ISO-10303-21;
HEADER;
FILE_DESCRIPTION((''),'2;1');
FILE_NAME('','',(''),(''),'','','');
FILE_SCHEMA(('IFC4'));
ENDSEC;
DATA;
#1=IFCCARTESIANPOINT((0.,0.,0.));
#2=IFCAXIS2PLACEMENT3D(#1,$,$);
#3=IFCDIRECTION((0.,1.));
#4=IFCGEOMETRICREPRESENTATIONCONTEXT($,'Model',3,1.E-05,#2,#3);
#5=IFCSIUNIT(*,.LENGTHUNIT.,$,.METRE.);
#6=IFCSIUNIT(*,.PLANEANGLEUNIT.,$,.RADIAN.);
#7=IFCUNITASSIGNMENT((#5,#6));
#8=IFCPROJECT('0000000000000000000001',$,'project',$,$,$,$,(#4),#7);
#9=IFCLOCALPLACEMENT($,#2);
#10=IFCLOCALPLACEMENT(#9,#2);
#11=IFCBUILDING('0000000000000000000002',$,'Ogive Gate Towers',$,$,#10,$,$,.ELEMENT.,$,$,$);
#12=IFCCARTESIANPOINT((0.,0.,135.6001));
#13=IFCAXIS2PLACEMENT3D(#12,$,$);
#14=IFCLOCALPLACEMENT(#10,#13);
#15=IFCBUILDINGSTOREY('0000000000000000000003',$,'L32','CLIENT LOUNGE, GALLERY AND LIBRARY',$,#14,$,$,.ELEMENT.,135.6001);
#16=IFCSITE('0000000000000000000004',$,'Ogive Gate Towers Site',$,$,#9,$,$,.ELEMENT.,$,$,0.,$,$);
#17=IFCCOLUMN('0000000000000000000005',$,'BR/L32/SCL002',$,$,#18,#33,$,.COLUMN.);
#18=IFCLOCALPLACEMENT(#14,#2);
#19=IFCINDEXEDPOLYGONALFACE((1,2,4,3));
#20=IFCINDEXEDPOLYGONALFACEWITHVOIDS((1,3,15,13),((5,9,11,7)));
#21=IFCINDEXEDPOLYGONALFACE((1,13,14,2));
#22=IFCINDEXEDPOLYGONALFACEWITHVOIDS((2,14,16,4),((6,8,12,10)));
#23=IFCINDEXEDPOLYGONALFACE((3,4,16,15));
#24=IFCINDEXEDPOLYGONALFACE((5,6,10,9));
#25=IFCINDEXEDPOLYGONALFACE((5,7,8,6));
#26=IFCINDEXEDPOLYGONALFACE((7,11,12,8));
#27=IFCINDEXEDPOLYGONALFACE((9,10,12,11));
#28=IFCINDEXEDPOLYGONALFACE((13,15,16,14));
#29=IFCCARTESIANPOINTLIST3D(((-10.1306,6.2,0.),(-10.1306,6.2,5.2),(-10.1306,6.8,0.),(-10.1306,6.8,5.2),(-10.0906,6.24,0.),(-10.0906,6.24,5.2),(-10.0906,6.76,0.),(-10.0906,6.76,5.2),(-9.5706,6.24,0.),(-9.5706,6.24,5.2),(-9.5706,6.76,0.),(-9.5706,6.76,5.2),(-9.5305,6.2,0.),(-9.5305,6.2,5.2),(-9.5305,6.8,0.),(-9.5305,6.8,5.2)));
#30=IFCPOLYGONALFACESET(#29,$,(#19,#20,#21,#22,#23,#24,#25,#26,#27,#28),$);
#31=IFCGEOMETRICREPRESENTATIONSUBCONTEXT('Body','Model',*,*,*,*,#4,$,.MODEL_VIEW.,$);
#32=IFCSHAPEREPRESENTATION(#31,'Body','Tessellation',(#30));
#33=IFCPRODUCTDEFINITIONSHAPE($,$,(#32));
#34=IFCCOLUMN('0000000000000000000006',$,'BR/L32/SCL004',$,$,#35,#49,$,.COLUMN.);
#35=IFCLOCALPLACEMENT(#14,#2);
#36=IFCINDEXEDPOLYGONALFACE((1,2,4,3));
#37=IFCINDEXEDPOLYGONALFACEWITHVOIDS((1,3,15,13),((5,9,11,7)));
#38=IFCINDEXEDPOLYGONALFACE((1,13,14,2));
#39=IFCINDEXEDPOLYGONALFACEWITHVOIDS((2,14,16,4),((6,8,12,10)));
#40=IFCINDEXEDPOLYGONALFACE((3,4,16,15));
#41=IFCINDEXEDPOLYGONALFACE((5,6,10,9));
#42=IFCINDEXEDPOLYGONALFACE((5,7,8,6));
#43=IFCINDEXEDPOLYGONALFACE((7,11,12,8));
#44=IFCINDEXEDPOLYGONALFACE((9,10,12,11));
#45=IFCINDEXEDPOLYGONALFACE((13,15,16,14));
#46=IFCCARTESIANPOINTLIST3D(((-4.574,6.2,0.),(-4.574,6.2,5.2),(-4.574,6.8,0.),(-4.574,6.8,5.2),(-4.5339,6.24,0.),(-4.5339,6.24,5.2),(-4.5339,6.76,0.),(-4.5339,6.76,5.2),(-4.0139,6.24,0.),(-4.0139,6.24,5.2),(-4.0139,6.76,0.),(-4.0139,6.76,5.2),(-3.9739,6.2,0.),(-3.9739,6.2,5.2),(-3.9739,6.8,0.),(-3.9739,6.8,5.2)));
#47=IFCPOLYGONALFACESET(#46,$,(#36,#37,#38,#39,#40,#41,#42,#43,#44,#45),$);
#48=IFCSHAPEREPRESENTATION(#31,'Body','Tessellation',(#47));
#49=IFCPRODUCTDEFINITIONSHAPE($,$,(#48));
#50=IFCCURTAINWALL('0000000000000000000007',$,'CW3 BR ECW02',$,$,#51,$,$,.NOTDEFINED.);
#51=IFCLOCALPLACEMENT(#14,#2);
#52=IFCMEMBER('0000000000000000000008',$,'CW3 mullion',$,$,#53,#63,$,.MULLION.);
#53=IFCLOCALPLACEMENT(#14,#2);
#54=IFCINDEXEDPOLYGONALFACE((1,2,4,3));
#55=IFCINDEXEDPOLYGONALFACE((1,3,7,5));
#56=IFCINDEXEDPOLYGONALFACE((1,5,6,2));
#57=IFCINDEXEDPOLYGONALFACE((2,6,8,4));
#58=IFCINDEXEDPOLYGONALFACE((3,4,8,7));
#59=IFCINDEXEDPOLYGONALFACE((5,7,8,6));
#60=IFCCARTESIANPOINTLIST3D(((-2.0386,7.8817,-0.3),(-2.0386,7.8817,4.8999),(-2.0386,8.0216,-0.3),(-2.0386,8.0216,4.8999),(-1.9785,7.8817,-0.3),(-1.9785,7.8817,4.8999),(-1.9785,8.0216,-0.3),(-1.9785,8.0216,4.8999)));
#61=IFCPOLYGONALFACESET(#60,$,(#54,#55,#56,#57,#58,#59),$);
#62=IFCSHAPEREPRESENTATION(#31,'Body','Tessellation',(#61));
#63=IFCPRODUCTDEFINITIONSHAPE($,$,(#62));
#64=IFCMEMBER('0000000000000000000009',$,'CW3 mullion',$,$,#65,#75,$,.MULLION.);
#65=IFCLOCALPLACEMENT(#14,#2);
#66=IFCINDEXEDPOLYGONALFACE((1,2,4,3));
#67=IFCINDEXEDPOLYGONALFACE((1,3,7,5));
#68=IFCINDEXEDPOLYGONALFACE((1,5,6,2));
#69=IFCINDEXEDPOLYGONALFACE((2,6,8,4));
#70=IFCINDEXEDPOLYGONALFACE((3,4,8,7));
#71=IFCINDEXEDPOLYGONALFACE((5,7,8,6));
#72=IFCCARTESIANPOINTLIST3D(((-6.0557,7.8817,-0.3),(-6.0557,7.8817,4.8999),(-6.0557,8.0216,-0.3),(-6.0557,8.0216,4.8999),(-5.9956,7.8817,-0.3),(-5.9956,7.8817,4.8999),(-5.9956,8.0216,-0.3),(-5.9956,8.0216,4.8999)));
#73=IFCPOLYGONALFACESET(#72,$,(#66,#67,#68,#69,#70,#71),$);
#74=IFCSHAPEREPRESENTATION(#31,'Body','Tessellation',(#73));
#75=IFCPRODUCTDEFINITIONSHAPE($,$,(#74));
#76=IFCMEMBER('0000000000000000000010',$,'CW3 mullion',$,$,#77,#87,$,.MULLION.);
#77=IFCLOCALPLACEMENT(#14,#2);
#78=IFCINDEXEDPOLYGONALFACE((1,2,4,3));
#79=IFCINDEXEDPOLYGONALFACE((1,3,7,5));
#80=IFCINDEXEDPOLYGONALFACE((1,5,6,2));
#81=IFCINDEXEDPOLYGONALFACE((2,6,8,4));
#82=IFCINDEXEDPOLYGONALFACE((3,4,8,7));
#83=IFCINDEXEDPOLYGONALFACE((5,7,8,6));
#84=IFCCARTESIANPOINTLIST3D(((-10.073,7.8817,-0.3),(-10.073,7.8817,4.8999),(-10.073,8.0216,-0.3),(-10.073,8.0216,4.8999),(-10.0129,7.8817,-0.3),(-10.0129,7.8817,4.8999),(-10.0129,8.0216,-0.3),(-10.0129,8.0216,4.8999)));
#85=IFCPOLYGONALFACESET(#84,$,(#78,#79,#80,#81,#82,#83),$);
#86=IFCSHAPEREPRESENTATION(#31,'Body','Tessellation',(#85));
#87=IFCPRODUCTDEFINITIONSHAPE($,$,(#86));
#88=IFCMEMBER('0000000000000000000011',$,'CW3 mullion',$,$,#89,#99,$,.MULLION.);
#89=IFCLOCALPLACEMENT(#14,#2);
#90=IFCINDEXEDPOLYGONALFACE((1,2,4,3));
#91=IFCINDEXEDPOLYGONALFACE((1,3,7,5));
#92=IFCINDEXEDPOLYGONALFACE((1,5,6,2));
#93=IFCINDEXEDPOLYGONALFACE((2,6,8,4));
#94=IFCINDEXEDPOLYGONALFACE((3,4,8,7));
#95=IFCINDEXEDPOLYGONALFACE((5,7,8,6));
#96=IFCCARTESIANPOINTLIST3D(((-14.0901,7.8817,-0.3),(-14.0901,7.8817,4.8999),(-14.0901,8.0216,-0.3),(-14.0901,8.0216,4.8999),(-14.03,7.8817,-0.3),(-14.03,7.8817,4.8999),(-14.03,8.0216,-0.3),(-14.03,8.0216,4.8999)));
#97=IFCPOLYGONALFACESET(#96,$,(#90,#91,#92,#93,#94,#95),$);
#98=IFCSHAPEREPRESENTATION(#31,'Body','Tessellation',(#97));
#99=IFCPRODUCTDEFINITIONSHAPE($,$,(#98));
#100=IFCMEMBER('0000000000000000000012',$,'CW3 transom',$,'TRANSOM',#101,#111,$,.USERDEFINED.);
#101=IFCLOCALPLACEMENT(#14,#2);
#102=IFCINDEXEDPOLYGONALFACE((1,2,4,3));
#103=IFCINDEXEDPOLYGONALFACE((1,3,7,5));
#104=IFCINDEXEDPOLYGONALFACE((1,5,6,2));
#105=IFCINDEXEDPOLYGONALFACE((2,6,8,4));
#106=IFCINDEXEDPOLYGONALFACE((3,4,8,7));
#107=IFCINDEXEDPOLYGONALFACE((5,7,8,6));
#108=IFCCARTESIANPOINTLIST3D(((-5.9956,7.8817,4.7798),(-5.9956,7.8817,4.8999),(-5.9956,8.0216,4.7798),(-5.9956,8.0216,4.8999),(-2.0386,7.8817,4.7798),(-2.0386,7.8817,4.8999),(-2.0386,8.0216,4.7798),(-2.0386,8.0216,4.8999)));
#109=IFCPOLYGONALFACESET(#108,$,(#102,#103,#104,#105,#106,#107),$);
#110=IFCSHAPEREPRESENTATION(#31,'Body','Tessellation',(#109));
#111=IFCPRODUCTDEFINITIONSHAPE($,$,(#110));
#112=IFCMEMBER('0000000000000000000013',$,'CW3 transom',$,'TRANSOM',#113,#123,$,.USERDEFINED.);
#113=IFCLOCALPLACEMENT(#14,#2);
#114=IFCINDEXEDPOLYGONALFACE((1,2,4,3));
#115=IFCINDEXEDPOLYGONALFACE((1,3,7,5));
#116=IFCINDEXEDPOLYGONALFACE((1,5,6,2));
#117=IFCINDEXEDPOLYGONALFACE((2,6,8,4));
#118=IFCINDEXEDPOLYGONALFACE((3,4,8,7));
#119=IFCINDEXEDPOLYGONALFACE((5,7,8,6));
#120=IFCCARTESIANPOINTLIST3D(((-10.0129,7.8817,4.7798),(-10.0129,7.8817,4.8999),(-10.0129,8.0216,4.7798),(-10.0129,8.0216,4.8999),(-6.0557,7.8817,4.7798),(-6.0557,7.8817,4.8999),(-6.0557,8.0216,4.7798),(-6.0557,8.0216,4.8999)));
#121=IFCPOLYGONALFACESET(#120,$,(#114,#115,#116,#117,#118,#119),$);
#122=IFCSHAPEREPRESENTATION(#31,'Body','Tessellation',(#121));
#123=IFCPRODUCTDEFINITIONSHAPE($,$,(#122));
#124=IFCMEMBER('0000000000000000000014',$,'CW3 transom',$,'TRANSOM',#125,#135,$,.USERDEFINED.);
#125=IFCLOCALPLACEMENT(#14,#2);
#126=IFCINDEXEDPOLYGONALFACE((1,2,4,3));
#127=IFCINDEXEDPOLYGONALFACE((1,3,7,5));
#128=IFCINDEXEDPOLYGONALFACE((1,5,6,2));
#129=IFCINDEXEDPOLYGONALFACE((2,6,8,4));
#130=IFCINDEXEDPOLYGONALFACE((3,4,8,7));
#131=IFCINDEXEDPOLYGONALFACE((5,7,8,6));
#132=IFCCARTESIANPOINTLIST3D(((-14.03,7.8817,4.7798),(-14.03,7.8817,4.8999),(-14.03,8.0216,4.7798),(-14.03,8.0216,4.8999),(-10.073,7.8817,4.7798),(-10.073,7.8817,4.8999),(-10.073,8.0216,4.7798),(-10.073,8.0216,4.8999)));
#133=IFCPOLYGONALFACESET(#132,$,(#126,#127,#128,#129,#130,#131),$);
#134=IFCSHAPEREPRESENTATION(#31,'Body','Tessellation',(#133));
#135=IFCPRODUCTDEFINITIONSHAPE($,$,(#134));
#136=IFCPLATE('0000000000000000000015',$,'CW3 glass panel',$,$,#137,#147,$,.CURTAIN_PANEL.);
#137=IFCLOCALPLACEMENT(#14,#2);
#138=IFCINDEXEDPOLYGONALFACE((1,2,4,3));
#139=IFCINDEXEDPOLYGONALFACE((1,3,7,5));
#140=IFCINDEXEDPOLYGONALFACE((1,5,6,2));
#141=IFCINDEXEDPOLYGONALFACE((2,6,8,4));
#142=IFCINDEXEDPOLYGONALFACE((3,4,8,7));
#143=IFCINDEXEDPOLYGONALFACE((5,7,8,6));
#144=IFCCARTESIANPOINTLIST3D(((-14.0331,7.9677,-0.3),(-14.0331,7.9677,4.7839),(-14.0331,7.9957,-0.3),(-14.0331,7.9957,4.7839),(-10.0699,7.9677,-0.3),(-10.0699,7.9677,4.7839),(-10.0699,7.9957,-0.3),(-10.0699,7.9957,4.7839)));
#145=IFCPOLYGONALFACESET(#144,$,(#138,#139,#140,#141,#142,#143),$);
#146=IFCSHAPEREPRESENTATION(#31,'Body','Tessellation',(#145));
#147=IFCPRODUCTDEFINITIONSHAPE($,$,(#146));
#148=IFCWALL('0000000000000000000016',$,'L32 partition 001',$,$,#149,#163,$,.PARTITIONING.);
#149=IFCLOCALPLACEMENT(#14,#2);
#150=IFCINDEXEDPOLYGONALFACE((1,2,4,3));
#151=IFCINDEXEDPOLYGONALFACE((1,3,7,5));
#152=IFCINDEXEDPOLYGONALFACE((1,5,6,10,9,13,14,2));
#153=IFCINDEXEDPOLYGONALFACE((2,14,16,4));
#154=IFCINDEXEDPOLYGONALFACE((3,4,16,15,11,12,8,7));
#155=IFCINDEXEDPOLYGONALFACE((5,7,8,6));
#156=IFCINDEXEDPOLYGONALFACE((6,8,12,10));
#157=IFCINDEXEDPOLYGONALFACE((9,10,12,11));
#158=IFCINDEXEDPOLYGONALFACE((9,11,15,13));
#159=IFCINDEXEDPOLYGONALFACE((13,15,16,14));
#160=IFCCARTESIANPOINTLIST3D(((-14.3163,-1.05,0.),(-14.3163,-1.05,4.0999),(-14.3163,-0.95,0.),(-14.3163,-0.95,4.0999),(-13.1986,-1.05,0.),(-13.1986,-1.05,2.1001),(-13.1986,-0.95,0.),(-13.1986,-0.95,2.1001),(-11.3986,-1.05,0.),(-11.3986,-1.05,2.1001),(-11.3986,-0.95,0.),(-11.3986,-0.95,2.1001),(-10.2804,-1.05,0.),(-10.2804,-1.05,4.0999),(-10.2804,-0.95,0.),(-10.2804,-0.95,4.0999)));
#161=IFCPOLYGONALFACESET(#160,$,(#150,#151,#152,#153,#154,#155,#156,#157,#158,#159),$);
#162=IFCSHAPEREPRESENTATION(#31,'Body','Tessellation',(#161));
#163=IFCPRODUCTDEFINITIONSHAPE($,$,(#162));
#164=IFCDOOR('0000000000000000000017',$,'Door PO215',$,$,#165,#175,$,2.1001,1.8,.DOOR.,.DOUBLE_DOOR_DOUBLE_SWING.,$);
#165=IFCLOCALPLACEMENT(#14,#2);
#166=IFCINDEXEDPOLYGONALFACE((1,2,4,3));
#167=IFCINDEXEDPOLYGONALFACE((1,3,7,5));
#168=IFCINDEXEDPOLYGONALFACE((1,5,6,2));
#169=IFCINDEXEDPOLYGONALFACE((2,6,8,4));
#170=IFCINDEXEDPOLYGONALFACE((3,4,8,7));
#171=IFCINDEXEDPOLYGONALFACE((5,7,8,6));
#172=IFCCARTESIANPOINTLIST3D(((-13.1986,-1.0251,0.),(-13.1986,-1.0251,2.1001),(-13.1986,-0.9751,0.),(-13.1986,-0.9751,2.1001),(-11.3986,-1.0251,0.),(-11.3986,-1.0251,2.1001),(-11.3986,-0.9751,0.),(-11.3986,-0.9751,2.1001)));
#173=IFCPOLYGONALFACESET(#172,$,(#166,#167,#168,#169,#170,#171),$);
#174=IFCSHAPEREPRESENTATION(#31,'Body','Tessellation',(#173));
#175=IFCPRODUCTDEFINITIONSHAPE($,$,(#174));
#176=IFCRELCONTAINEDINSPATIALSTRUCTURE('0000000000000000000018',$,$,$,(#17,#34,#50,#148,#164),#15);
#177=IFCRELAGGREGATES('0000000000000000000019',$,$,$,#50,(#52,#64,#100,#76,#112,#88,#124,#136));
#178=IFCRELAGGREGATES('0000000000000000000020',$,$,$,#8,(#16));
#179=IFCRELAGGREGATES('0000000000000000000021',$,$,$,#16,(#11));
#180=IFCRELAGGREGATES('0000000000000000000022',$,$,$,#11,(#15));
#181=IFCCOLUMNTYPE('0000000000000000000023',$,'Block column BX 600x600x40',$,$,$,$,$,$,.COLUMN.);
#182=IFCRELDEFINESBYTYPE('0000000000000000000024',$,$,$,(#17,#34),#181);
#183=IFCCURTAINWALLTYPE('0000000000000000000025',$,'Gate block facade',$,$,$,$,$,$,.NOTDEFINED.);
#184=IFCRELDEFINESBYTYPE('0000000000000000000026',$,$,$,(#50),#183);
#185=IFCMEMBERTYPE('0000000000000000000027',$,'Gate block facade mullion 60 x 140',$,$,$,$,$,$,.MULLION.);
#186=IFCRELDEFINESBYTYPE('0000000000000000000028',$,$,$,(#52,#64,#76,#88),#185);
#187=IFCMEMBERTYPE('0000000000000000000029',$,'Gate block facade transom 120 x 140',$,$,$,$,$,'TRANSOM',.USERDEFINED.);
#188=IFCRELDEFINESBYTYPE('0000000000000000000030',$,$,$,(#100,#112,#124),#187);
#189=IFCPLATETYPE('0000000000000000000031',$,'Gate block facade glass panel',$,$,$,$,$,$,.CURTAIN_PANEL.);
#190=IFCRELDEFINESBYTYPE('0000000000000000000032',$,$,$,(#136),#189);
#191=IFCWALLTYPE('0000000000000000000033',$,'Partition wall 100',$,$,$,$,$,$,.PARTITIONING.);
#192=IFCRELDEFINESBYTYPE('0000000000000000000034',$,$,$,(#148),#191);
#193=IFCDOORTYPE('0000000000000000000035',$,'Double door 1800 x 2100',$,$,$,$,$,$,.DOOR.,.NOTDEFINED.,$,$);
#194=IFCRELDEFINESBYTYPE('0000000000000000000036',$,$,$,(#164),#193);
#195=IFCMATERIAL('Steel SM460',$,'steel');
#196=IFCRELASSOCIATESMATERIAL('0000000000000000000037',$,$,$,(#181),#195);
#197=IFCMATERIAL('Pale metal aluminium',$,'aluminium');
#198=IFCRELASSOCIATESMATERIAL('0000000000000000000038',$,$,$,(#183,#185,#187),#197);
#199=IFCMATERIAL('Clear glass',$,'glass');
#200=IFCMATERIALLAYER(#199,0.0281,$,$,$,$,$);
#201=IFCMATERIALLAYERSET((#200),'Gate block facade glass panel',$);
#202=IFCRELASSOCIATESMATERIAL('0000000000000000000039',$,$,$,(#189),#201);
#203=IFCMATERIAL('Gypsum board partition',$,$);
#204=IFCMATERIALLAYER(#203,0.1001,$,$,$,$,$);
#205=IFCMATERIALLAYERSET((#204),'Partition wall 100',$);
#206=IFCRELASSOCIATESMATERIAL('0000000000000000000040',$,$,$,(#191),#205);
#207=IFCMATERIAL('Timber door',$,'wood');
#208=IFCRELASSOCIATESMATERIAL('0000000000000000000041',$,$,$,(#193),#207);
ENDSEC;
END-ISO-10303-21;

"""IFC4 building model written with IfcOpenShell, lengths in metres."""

from ifc_helpers import new_model, si_unit, direction, frame, frame_2d, origin, origin_2d, place, context, subcontext, project, spatial, rectangle, hollow_rectangle, extrude, material, layer, layer_set, material_profile, profile_set, type_object, element, fill, aggregate, save


model = new_model("IFC4")

# Units and contexts
model_context = context("Model", 3, precision=1e-05, world=origin(), true_north=direction((0.0, 1.0)))
body_context = subcontext(model_context, "Body", "Model", "MODEL_VIEW")
ifc_project = project(units=[si_unit("LENGTHUNIT", "METRE"), si_unit("PLANEANGLEUNIT", "RADIAN")], contexts=[model_context])

# Site, building, storey
site_placement = place(None, origin())
site = spatial("IfcSite", under=ifc_project, at=site_placement, Name="Ogive Gate Towers Site", CompositionType="ELEMENT", RefElevation=0.0)
building_placement = place(site_placement, origin())
building = spatial("IfcBuilding", under=site, at=building_placement, Name="Ogive Gate Towers", CompositionType="ELEMENT")
storey_placement = place(building_placement, frame((0.0, 0.0, 135.6001)))
storey = spatial("IfcBuildingStorey", under=building, at=storey_placement, Name="L32", Description="CLIENT LOUNGE, GALLERY AND LIBRARY", CompositionType="ELEMENT", Elevation=135.6001)

# Columns
ifc_material_1 = material(Name="Steel SM460", Category="steel")
ifc_material_profile_1 = material_profile(ifc_material_1, hollow_rectangle(XDim=0.6001, YDim=0.6001, WallThickness=0.04, at=origin_2d()), Name="BX 600x600x40")
ifc_profile_set_1 = profile_set([ifc_material_profile_1], Name="Steel SM460")
column_type = type_object("IfcColumnType", Name="Block column BX 600x600x40", PredefinedType="COLUMN", material=ifc_profile_set_1)
for number, where, z_axis, x_axis, name in (
    (1, (-9.8306, 6.5, 0.0), (0.0, 0.0, 1.0), (1.0, 0.0, 0.0), "BR/L32/SCL002"),
    (2, (-4.2739, 6.5, 0.0), (0.0, 0.0, 1.0), (1.0, 0.0, 0.0), "BR/L32/SCL004"),
):
    element("IfcColumn", number, at=place(storey_placement, frame(where, z_axis=z_axis, x_axis=x_axis)), inside=storey, type_object=column_type, Name=name, PredefinedType="COLUMN", context=body_context, shape_type="SweptSolid", body=[
        extrude(hollow_rectangle(XDim=0.6001, YDim=0.6001, WallThickness=0.04, at=origin_2d()), origin(), (0.0, 0.0, 1.0), 5.2),
    ])

# Curtain wall, members, plate
ifc_material_2 = material(Name="Pale metal aluminium", Category="aluminium")
curtain_wall_type = type_object("IfcCurtainWallType", Name="Gate block facade", PredefinedType="NOTDEFINED", material=ifc_material_2)
curtain_wall_placement = place(storey_placement, origin())
curtain_wall = element("IfcCurtainWall", 3, at=curtain_wall_placement, inside=storey, type_object=curtain_wall_type, Name="CW3 BR ECW02", PredefinedType="NOTDEFINED")
ifc_material_profile_2 = material_profile(ifc_material_2, rectangle(XDim=0.1399, YDim=0.0601, at=origin_2d()), Name="60 x 140 aluminium box")
ifc_profile_set_2 = profile_set([ifc_material_profile_2], Name="Pale metal aluminium")
member_type_1 = type_object("IfcMemberType", Name="Gate block facade mullion 60 x 140", PredefinedType="MULLION", material=ifc_profile_set_2)
member_1_placement = place(storey_placement, frame((-2.0085, 7.9517, -0.3), z_axis=(0.0, 0.0, 1.0), x_axis=(0.0, 1.0, 0.0)))
member_1 = element("IfcMember", 4, at=member_1_placement, type_object=member_type_1, Name="CW3 mullion", PredefinedType="MULLION", context=body_context, shape_type="SweptSolid", body=[
    extrude(rectangle(XDim=0.1399, YDim=0.0601, at=origin_2d()), origin(), (0.0, 0.0, 1.0), 5.2),
])
member_2_placement = place(storey_placement, frame((-6.0256, 7.9517, -0.3), z_axis=(0.0, 0.0, 1.0), x_axis=(0.0, 1.0, 0.0)))
member_2 = element("IfcMember", 5, at=member_2_placement, type_object=member_type_1, Name="CW3 mullion", PredefinedType="MULLION", context=body_context, shape_type="SweptSolid", body=[
    extrude(rectangle(XDim=0.1399, YDim=0.0601, at=origin_2d()), origin(), (0.0, 0.0, 1.0), 5.2),
])
member_3_placement = place(storey_placement, frame((-10.043, 7.9517, -0.3), z_axis=(0.0, 0.0, 1.0), x_axis=(0.0, 1.0, 0.0)))
member_3 = element("IfcMember", 6, at=member_3_placement, type_object=member_type_1, Name="CW3 mullion", PredefinedType="MULLION", context=body_context, shape_type="SweptSolid", body=[
    extrude(rectangle(XDim=0.1399, YDim=0.0601, at=origin_2d()), origin(), (0.0, 0.0, 1.0), 5.2),
])
member_4_placement = place(storey_placement, frame((-14.0601, 7.9517, -0.3), z_axis=(0.0, 0.0, 1.0), x_axis=(0.0, 1.0, 0.0)))
member_4 = element("IfcMember", 7, at=member_4_placement, type_object=member_type_1, Name="CW3 mullion", PredefinedType="MULLION", context=body_context, shape_type="SweptSolid", body=[
    extrude(rectangle(XDim=0.1399, YDim=0.0601, at=origin_2d()), origin(), (0.0, 0.0, 1.0), 5.2),
])
ifc_material_profile_3 = material_profile(ifc_material_2, rectangle(XDim=0.1399, YDim=0.1201, at=origin_2d()), Name="120 x 140 aluminium box")
ifc_profile_set_3 = profile_set([ifc_material_profile_3], Name="Pale metal aluminium")
member_type_2 = type_object("IfcMemberType", Name="Gate block facade transom 120 x 140", ElementType="TRANSOM", PredefinedType="USERDEFINED", material=ifc_profile_set_3)
member_5_placement = place(storey_placement, frame((-2.0386, 7.9517, 4.8398), z_axis=(-1.0, 0.0, 0.0), x_axis=(0.0, -1.0, 0.0)))
member_5 = element("IfcMember", 8, at=member_5_placement, type_object=member_type_2, Name="CW3 transom", ObjectType="TRANSOM", PredefinedType="USERDEFINED", context=body_context, shape_type="SweptSolid", body=[
    extrude(rectangle(XDim=0.1399, YDim=0.1201, at=origin_2d()), origin(), (0.0, 0.0, 1.0), 3.957),
])
member_6_placement = place(storey_placement, frame((-6.0557, 7.9517, 4.8398), z_axis=(-1.0, 0.0, 0.0), x_axis=(0.0, -1.0, 0.0)))
member_6 = element("IfcMember", 9, at=member_6_placement, type_object=member_type_2, Name="CW3 transom", ObjectType="TRANSOM", PredefinedType="USERDEFINED", context=body_context, shape_type="SweptSolid", body=[
    extrude(rectangle(XDim=0.1399, YDim=0.1201, at=origin_2d()), origin(), (0.0, 0.0, 1.0), 3.9573),
])
member_7_placement = place(storey_placement, frame((-10.073, 7.9517, 4.8398), z_axis=(-1.0, 0.0, 0.0), x_axis=(0.0, -1.0, 0.0)))
member_7 = element("IfcMember", 10, at=member_7_placement, type_object=member_type_2, Name="CW3 transom", ObjectType="TRANSOM", PredefinedType="USERDEFINED", context=body_context, shape_type="SweptSolid", body=[
    extrude(rectangle(XDim=0.1399, YDim=0.1201, at=origin_2d()), origin(), (0.0, 0.0, 1.0), 3.957),
])
ifc_material_3 = material(Name="Clear glass", Category="glass")
ifc_layer_1 = layer(ifc_material_3, 0.0281)
ifc_layer_set_1 = layer_set([ifc_layer_1], Name="Gate block facade glass panel")
plate_type = type_object("IfcPlateType", Name="Gate block facade glass panel", PredefinedType="CURTAIN_PANEL", material=ifc_layer_set_1)
plate_placement = place(storey_placement, frame((-12.0515, 7.9817, -0.3), z_axis=(0.0, 0.0, 1.0), x_axis=(-1.0, 0.0, 0.0)))
plate = element("IfcPlate", 11, at=plate_placement, type_object=plate_type, Name="CW3 glass panel", PredefinedType="CURTAIN_PANEL", context=body_context, shape_type="SweptSolid", body=[
    extrude(rectangle(XDim=3.9631, YDim=0.0281, at=origin_2d()), origin(), (0.0, 0.0, 1.0), 5.084),
])
aggregate(curtain_wall, [member_1, member_2, member_5, member_3, member_6, member_4, member_7, plate])

# Wall, opening, door
ifc_material_4 = material(Name="Gypsum board partition")
ifc_layer_2 = layer(ifc_material_4, 0.1001)
ifc_layer_set_2 = layer_set([ifc_layer_2], Name="Partition wall 100")
wall_type = type_object("IfcWallType", Name="Partition wall 100", PredefinedType="PARTITIONING", material=ifc_layer_set_2)
wall_1_placement = place(storey_placement, frame((-14.3164, -1.0, 0.0), z_axis=(0.0, 0.0, 1.0), x_axis=(1.0, 0.0, 0.0)))
wall_1 = element("IfcWall", 12, at=wall_1_placement, inside=storey, type_object=wall_type, Name="L32 partition 001", PredefinedType="PARTITIONING", context=body_context, shape_type="SweptSolid", body=[
    extrude(rectangle(XDim=4.0359, YDim=0.1001, at=frame_2d((2.0181, 0.0))), origin(), (0.0, 0.0, 1.0), 4.0999),
])
opening_1_placement = place(wall_1_placement, frame((1.1179, 0.0, 0.0)))
opening_1 = element("IfcOpeningElement", 13, at=opening_1_placement, cuts=wall_1, PredefinedType="OPENING", context=body_context, shape_type="SweptSolid", body=[
    extrude(rectangle(XDim=1.8, YDim=2.1001, at=frame_2d((0.8999, 1.05))), frame((0.0, 0.0601, 0.0), z_axis=(0.0, -1.0, 0.0), x_axis=(1.0, 0.0, 0.0)), (0.0, 0.0, 1.0), 0.1201),
])
ifc_material_5 = material(Name="Timber door", Category="wood")
door_type_1 = type_object("IfcDoorType", Name="Double door 1800 x 2100", OperationType="NOTDEFINED", PredefinedType="DOOR", material=ifc_material_5)
door_1_placement = place(opening_1_placement, origin())
door_1 = element("IfcDoor", 14, at=door_1_placement, inside=storey, type_object=door_type_1, Name="Door PO215", OperationType="DOUBLE_DOOR_DOUBLE_SWING", OverallHeight=2.1001, OverallWidth=1.8, PredefinedType="DOOR", context=body_context, shape_type="SweptSolid", body=[
    extrude(rectangle(XDim=1.8, YDim=2.1001, at=frame_2d((0.8999, 1.05))), frame((0.0, 0.0249, 0.0), z_axis=(0.0, -1.0, 0.0), x_axis=(1.0, 0.0, 0.0)), (0.0, 0.0, 1.0), 0.05),
])
fill(opening_1, door_1)

save(model, "model.ifc")
